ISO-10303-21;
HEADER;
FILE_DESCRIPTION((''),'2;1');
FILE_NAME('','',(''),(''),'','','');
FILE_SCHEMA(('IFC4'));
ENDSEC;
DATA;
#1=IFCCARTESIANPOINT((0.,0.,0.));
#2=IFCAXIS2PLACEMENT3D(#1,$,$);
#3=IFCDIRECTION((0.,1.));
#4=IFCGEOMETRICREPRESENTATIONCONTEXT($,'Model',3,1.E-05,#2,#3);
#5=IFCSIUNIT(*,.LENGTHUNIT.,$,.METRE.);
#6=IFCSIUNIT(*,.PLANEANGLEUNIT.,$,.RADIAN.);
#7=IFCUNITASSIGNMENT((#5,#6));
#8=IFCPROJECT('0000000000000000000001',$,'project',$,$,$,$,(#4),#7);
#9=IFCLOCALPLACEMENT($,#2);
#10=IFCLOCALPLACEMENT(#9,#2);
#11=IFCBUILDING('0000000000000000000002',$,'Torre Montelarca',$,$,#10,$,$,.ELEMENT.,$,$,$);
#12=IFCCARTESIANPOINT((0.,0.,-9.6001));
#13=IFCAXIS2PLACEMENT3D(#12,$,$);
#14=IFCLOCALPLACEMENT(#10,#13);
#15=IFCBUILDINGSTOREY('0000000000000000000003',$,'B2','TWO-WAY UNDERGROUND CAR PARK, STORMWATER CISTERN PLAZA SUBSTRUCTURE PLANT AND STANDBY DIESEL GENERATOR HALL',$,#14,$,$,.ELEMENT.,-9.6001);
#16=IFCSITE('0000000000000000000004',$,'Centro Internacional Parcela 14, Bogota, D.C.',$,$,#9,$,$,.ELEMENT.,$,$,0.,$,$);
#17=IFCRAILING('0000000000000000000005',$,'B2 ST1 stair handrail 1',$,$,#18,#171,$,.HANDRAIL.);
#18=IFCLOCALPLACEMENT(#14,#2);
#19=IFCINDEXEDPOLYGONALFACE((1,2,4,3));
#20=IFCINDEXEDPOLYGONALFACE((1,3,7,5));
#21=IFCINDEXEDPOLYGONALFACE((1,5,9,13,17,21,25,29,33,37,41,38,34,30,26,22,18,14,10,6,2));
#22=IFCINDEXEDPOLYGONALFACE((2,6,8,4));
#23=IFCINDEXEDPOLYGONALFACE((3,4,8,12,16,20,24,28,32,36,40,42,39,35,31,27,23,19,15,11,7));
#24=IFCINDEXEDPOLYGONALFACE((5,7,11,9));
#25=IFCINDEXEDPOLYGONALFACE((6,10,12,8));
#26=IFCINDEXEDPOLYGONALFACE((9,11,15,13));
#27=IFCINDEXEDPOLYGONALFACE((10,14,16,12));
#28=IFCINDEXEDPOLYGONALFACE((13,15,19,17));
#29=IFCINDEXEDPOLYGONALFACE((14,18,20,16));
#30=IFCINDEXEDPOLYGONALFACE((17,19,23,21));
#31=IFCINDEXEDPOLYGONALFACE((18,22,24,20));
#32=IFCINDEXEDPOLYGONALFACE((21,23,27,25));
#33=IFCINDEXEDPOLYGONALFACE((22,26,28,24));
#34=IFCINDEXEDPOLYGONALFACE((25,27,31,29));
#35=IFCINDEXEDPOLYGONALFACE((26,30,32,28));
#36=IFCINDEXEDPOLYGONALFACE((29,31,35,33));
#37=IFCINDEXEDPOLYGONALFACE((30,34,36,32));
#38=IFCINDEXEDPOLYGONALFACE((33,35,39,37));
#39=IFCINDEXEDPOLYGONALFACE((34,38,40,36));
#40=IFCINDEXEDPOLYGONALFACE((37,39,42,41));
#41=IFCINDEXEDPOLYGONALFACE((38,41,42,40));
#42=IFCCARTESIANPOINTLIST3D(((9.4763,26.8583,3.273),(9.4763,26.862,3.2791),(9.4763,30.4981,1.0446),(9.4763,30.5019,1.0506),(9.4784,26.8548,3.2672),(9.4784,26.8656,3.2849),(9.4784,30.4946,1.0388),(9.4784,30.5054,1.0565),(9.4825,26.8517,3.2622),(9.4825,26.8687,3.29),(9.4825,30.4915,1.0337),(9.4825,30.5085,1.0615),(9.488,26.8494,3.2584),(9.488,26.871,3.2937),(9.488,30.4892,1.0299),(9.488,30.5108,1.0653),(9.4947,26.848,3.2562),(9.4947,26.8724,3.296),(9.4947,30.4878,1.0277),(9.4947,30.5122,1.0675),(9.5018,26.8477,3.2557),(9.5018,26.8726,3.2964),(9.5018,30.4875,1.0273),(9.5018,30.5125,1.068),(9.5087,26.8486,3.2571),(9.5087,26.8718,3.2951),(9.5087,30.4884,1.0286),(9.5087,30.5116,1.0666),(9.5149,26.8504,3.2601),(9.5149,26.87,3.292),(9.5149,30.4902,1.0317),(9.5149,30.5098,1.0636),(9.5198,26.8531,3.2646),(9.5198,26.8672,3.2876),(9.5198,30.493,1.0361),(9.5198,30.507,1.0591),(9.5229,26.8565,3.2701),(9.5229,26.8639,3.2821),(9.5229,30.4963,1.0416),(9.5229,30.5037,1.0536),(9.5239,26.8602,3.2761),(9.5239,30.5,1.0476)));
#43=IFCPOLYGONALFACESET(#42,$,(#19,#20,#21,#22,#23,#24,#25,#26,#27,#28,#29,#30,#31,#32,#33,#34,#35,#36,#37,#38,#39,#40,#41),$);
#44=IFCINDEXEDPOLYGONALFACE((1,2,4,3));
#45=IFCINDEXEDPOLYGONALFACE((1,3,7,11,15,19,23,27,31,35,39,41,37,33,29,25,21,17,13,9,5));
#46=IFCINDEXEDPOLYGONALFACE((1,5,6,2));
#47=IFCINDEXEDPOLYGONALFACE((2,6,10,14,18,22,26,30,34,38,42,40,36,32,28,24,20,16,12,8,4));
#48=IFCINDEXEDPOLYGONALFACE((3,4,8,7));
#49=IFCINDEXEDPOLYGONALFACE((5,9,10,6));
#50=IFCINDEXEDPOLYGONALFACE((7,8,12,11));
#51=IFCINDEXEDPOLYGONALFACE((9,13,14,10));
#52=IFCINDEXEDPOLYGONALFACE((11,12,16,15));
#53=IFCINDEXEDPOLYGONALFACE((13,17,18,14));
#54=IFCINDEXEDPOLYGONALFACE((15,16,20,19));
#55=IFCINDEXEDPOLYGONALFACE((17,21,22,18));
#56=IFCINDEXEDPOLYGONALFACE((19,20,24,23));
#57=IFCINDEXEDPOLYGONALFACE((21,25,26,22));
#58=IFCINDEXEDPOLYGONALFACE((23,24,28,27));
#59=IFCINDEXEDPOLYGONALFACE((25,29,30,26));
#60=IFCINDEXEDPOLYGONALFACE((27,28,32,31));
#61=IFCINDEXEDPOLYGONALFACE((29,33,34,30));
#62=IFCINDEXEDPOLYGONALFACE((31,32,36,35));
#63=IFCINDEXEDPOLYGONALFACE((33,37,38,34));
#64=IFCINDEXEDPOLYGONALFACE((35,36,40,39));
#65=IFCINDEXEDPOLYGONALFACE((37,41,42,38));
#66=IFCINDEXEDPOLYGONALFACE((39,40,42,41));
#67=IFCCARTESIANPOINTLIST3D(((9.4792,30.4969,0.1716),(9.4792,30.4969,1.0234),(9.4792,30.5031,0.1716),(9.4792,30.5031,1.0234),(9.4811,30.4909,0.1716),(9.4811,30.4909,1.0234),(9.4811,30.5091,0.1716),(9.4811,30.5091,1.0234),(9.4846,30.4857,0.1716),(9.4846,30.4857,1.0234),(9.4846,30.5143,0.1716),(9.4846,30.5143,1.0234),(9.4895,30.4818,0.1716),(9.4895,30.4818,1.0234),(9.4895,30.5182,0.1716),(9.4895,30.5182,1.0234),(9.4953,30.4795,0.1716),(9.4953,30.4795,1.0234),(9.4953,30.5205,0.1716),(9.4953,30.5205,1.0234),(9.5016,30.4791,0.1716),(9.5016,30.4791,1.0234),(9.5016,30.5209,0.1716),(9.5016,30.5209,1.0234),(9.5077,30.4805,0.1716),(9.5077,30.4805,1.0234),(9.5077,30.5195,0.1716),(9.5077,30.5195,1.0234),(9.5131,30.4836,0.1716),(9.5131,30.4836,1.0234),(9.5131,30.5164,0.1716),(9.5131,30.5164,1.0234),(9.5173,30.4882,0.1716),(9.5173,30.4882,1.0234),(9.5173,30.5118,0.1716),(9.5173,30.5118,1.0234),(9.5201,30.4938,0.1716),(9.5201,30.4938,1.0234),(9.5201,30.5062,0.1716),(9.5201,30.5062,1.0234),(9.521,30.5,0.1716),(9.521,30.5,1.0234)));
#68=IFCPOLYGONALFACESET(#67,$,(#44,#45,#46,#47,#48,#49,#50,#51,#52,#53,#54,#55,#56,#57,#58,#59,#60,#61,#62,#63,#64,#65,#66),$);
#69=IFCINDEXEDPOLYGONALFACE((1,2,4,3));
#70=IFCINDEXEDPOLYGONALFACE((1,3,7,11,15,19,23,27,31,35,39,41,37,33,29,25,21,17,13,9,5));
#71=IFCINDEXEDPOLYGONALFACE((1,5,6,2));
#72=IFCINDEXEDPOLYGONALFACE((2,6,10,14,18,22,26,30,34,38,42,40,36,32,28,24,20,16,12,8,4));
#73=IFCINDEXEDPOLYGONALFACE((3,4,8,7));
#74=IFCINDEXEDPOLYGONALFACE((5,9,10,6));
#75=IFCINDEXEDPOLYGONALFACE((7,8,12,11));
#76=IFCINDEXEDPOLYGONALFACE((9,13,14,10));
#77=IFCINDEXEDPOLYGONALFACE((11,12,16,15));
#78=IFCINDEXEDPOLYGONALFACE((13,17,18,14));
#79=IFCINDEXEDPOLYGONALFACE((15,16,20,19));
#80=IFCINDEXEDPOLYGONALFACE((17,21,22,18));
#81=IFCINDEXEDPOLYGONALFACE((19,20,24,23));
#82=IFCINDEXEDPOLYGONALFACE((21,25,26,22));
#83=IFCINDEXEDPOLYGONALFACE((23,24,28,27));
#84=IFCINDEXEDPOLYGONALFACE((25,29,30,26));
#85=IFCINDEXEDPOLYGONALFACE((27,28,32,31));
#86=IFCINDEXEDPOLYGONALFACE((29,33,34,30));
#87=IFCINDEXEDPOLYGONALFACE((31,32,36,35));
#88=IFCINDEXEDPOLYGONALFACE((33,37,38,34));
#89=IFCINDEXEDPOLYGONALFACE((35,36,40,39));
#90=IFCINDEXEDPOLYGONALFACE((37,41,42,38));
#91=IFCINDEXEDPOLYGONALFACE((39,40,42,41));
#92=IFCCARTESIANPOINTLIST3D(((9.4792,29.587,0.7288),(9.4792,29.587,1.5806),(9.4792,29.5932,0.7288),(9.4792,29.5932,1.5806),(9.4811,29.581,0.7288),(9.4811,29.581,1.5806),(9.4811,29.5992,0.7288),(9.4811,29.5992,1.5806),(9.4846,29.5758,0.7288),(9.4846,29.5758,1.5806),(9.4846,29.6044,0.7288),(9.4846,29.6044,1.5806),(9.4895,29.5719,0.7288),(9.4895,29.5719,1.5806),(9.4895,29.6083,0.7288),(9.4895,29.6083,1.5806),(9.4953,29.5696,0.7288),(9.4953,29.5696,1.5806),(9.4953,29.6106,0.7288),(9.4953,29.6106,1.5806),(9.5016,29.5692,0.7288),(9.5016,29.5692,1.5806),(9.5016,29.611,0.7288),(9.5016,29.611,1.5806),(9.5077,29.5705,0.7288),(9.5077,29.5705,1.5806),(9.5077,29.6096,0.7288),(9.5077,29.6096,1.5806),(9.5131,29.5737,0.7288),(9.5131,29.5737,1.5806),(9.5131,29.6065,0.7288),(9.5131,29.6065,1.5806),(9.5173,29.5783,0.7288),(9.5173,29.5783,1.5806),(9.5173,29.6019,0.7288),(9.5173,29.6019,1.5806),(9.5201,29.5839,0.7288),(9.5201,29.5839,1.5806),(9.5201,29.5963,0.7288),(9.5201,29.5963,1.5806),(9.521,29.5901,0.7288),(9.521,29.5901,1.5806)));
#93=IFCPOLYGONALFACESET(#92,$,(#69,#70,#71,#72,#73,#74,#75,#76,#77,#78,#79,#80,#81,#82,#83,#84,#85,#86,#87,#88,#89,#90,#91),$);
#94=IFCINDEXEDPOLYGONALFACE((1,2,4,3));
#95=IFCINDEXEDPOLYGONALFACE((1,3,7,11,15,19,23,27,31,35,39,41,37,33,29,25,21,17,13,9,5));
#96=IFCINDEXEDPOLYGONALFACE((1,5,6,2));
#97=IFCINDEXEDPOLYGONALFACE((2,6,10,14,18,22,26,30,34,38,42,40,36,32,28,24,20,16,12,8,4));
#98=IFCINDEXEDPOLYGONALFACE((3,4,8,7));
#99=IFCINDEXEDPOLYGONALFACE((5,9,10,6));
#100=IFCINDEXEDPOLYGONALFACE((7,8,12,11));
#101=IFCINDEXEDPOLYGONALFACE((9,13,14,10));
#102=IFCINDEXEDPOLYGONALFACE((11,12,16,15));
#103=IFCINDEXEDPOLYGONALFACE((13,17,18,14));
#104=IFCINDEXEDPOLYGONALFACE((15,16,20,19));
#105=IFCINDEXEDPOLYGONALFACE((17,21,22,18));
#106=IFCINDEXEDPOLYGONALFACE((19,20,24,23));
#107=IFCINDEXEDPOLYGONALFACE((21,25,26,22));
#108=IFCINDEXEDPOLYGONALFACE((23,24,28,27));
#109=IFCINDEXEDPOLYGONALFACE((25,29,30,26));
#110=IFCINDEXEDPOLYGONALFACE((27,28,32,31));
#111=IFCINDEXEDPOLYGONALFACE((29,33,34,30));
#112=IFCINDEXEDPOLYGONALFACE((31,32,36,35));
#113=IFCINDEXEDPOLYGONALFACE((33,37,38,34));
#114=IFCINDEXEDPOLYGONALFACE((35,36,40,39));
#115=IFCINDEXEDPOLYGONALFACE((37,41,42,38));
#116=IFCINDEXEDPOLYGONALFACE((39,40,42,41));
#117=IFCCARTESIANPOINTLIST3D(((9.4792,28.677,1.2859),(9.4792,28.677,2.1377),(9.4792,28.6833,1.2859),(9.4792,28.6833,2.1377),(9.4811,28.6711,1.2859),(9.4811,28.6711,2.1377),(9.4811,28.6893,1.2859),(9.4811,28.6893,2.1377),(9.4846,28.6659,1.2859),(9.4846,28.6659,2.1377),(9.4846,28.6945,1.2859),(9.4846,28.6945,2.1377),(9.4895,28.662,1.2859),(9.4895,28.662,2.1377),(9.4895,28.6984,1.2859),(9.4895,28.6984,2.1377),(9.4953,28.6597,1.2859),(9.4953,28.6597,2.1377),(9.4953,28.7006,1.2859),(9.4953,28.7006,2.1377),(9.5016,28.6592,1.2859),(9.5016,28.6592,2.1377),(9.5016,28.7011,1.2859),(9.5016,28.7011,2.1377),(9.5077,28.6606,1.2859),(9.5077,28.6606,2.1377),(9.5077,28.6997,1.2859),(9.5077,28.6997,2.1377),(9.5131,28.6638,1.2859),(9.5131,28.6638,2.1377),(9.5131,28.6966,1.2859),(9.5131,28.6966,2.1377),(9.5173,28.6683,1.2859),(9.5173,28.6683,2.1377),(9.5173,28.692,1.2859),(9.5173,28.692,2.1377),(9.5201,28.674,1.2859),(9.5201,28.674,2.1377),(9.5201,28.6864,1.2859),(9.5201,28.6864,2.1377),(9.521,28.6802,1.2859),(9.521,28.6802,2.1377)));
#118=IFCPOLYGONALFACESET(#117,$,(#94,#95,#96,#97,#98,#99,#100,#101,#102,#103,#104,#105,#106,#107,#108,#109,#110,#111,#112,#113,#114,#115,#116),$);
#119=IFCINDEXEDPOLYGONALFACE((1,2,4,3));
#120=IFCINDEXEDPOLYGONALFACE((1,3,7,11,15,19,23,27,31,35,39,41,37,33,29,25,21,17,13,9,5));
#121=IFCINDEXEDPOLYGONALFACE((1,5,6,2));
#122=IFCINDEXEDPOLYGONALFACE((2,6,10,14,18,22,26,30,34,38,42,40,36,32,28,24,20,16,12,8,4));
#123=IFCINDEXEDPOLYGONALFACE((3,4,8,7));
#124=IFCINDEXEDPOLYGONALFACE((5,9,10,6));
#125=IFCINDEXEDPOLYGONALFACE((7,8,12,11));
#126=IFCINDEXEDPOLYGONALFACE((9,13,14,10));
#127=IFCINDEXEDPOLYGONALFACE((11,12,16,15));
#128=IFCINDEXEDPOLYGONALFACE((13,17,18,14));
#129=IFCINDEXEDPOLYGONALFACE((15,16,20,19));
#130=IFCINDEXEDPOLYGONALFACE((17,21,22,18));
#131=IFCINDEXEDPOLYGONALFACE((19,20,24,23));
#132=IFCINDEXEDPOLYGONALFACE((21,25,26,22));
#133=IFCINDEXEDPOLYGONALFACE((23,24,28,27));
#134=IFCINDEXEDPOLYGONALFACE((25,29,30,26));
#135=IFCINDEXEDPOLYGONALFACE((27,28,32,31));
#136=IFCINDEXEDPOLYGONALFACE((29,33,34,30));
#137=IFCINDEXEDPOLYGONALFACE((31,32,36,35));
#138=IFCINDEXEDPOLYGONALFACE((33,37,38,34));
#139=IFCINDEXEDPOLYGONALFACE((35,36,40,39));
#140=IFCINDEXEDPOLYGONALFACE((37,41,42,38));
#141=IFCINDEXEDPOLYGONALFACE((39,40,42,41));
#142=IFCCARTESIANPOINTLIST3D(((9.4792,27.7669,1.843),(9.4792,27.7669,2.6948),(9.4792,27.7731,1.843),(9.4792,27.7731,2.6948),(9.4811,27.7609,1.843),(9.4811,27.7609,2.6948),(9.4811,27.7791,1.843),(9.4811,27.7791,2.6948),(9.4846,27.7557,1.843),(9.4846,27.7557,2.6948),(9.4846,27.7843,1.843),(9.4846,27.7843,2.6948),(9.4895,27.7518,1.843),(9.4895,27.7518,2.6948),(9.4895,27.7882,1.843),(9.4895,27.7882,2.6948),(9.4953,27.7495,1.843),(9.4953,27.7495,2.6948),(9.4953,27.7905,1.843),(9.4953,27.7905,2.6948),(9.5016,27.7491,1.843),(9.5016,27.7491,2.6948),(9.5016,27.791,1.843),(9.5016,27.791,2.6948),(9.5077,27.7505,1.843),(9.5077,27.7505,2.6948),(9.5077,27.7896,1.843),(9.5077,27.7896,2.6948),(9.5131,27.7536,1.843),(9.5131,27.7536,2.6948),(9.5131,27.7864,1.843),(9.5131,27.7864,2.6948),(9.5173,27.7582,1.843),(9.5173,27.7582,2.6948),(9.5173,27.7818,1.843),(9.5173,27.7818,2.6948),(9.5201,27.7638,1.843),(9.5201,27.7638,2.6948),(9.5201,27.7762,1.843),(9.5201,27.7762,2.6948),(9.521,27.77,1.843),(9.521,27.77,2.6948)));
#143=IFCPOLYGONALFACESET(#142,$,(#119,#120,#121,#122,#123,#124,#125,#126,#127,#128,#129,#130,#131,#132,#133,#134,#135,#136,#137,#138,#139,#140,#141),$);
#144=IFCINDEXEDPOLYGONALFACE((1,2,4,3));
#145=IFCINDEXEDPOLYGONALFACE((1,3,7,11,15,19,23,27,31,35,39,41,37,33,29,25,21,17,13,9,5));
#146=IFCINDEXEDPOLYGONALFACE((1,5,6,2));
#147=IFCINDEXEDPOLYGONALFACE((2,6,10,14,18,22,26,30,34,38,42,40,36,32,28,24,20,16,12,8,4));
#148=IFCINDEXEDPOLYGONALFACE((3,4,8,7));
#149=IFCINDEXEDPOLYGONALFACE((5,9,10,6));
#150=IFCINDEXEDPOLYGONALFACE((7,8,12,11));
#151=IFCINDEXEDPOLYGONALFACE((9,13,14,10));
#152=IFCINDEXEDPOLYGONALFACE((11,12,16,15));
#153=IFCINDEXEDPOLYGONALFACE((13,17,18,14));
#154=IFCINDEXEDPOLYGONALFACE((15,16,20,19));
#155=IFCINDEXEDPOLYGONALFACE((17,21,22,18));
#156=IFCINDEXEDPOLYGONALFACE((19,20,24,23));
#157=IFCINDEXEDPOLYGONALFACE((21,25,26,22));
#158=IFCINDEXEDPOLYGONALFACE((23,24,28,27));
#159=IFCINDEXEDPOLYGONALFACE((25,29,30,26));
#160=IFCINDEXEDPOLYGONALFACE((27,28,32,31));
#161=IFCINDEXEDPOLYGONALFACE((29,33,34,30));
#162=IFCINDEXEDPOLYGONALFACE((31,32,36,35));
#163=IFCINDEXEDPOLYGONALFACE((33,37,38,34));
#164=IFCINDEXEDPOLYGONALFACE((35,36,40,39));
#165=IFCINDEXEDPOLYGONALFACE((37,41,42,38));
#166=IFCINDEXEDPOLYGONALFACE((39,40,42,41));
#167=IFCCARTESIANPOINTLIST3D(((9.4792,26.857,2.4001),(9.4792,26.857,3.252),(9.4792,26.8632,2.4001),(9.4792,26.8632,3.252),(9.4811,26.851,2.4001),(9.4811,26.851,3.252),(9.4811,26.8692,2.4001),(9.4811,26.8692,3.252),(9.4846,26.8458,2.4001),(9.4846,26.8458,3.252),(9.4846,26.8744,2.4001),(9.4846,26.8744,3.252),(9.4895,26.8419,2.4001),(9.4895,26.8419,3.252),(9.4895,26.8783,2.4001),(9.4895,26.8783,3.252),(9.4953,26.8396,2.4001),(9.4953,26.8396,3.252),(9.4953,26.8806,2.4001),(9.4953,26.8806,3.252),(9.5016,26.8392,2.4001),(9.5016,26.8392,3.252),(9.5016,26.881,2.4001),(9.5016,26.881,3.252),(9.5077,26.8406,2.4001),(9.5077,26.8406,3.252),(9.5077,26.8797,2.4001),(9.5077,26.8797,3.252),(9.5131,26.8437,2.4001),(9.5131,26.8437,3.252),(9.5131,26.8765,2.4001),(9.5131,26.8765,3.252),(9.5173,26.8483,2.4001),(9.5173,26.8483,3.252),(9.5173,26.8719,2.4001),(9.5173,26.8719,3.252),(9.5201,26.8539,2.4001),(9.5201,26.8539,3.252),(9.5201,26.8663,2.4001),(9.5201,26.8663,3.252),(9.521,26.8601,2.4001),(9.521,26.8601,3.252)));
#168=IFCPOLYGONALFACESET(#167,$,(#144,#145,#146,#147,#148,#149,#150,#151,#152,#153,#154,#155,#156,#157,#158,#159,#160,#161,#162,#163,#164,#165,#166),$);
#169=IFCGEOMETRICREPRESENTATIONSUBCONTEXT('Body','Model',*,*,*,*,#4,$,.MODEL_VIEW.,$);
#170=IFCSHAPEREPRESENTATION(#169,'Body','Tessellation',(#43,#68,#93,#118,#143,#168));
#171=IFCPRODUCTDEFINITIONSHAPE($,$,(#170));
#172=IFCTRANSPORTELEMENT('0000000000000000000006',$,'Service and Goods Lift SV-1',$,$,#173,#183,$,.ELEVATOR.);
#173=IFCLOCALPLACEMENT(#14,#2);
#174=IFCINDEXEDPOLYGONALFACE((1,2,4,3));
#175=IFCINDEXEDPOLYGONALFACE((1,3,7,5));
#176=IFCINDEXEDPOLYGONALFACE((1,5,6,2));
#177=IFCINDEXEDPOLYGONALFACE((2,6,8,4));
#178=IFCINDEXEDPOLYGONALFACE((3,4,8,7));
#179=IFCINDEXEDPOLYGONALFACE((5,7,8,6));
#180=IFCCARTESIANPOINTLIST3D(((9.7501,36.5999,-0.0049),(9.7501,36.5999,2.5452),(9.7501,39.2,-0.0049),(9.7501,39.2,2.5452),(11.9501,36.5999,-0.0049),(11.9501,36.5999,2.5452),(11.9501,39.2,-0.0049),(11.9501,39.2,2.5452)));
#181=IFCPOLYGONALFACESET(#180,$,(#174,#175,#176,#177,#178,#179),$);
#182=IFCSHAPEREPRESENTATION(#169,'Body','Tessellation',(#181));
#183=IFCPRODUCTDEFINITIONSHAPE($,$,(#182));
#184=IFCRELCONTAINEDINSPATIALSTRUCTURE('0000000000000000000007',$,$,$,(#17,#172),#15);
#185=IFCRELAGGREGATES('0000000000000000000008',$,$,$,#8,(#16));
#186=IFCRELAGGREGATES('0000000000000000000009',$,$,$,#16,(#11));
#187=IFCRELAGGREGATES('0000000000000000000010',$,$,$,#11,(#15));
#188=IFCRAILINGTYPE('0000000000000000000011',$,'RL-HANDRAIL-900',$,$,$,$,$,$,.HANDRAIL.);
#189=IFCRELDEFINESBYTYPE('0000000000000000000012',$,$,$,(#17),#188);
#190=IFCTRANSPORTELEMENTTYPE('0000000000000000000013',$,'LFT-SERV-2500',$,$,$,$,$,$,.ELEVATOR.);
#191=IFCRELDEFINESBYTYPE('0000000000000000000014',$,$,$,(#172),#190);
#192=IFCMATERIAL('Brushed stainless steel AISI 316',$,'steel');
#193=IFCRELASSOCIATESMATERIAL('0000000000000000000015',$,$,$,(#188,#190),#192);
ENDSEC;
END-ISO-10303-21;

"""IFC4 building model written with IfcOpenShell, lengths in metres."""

from ifc_helpers import new_model, si_unit, direction, frame, origin, origin_2d, place, context, subcontext, project, spatial, rectangle, circle, extrude, source, transform, mapped, material, type_object, element, save


model = new_model("IFC4")

# Units and contexts
model_context = context("Model", 3, precision=1e-05, world=origin(), true_north=direction((0.0, 1.0)))
body_context = subcontext(model_context, "Body", "Model", "MODEL_VIEW")
ifc_project = project(units=[si_unit("LENGTHUNIT", "METRE"), si_unit("PLANEANGLEUNIT", "RADIAN")], contexts=[model_context])

# Site, building, storey
site_placement = place(None, origin())
site = spatial("IfcSite", under=ifc_project, at=site_placement, Name="Centro Internacional Parcela 14, Bogota, D.C.", CompositionType="ELEMENT", RefElevation=0.0)
building_placement = place(site_placement, origin())
building = spatial("IfcBuilding", under=site, at=building_placement, Name="Torre Montelarca", CompositionType="ELEMENT")
storey_placement = place(building_placement, frame((0.0, 0.0, -9.6001)))
storey = spatial("IfcBuildingStorey", under=building, at=storey_placement, Name="B2", Description="TWO-WAY UNDERGROUND CAR PARK, STORMWATER CISTERN PLAZA SUBSTRUCTURE PLANT AND STANDBY DIESEL GENERATOR HALL", CompositionType="ELEMENT", Elevation=-9.6001)

# Shared definitions
ifc_material_1 = material(Name="Brushed stainless steel AISI 316", Category="steel")

# Railing
railing_type_1 = type_object("IfcRailingType", Name="RL-HANDRAIL-900", PredefinedType="HANDRAIL", material=ifc_material_1)
railing_1_placement = place(storey_placement, frame((9.5, 30.5, 0.1716)))
element("IfcRailing", 1, at=railing_1_placement, inside=storey, type_object=railing_type_1, Name="B2 ST1 stair handrail 1", PredefinedType="HANDRAIL", context=body_context, shape_type="SweptSolid", body=[
    extrude(circle(Radius=0.0239, at=origin_2d()), frame((0.0, 0.0, 0.876), z_axis=(0.0, -0.85285, 0.522156), x_axis=(1.0, 0.0, 0.0)), (0.0, 0.0, 1.0), 4.2678),
    extrude(circle(Radius=0.021, at=origin_2d()), origin(), (0.0, 0.0, 1.0), 0.8518),
    extrude(circle(Radius=0.021, at=origin_2d()), frame((0.0, -0.9099, 0.5571)), (0.0, 0.0, 1.0), 0.8518),
    extrude(circle(Radius=0.021, at=origin_2d()), frame((0.0, -1.8198, 1.1143)), (0.0, 0.0, 1.0), 0.8518),
    extrude(circle(Radius=0.021, at=origin_2d()), frame((0.0, -2.73, 1.6714)), (0.0, 0.0, 1.0), 0.8518),
    extrude(circle(Radius=0.021, at=origin_2d()), frame((0.0, -3.6399, 2.2285)), (0.0, 0.0, 1.0), 0.8518),
])

# Transport element
transport_element_type = type_object("IfcTransportElementType", Name="LFT-SERV-2500", PredefinedType="ELEVATOR", material=ifc_material_1)
shared_shape_1 = source(origin(), body_context, "Body", "SweptSolid", [
    extrude(rectangle(XDim=2.2, YDim=2.6001, at=origin_2d()), origin(), (0.0, 0.0, 1.0), 2.55),
])
transport_element_placement = place(storey_placement, frame((10.8501, 37.8999, -0.0049), z_axis=(0.0, 0.0, 1.0), x_axis=(1.0, 0.0, 0.0)))
element("IfcTransportElement", 2, at=transport_element_placement, inside=storey, type_object=transport_element_type, Name="Service and Goods Lift SV-1", PredefinedType="ELEVATOR", context=body_context, shape_type="MappedRepresentation", body=[
    mapped(shared_shape_1, transform((0.0, 0.0, 0.0), scale=1.0)),
])

save(model, "model.ifc")
